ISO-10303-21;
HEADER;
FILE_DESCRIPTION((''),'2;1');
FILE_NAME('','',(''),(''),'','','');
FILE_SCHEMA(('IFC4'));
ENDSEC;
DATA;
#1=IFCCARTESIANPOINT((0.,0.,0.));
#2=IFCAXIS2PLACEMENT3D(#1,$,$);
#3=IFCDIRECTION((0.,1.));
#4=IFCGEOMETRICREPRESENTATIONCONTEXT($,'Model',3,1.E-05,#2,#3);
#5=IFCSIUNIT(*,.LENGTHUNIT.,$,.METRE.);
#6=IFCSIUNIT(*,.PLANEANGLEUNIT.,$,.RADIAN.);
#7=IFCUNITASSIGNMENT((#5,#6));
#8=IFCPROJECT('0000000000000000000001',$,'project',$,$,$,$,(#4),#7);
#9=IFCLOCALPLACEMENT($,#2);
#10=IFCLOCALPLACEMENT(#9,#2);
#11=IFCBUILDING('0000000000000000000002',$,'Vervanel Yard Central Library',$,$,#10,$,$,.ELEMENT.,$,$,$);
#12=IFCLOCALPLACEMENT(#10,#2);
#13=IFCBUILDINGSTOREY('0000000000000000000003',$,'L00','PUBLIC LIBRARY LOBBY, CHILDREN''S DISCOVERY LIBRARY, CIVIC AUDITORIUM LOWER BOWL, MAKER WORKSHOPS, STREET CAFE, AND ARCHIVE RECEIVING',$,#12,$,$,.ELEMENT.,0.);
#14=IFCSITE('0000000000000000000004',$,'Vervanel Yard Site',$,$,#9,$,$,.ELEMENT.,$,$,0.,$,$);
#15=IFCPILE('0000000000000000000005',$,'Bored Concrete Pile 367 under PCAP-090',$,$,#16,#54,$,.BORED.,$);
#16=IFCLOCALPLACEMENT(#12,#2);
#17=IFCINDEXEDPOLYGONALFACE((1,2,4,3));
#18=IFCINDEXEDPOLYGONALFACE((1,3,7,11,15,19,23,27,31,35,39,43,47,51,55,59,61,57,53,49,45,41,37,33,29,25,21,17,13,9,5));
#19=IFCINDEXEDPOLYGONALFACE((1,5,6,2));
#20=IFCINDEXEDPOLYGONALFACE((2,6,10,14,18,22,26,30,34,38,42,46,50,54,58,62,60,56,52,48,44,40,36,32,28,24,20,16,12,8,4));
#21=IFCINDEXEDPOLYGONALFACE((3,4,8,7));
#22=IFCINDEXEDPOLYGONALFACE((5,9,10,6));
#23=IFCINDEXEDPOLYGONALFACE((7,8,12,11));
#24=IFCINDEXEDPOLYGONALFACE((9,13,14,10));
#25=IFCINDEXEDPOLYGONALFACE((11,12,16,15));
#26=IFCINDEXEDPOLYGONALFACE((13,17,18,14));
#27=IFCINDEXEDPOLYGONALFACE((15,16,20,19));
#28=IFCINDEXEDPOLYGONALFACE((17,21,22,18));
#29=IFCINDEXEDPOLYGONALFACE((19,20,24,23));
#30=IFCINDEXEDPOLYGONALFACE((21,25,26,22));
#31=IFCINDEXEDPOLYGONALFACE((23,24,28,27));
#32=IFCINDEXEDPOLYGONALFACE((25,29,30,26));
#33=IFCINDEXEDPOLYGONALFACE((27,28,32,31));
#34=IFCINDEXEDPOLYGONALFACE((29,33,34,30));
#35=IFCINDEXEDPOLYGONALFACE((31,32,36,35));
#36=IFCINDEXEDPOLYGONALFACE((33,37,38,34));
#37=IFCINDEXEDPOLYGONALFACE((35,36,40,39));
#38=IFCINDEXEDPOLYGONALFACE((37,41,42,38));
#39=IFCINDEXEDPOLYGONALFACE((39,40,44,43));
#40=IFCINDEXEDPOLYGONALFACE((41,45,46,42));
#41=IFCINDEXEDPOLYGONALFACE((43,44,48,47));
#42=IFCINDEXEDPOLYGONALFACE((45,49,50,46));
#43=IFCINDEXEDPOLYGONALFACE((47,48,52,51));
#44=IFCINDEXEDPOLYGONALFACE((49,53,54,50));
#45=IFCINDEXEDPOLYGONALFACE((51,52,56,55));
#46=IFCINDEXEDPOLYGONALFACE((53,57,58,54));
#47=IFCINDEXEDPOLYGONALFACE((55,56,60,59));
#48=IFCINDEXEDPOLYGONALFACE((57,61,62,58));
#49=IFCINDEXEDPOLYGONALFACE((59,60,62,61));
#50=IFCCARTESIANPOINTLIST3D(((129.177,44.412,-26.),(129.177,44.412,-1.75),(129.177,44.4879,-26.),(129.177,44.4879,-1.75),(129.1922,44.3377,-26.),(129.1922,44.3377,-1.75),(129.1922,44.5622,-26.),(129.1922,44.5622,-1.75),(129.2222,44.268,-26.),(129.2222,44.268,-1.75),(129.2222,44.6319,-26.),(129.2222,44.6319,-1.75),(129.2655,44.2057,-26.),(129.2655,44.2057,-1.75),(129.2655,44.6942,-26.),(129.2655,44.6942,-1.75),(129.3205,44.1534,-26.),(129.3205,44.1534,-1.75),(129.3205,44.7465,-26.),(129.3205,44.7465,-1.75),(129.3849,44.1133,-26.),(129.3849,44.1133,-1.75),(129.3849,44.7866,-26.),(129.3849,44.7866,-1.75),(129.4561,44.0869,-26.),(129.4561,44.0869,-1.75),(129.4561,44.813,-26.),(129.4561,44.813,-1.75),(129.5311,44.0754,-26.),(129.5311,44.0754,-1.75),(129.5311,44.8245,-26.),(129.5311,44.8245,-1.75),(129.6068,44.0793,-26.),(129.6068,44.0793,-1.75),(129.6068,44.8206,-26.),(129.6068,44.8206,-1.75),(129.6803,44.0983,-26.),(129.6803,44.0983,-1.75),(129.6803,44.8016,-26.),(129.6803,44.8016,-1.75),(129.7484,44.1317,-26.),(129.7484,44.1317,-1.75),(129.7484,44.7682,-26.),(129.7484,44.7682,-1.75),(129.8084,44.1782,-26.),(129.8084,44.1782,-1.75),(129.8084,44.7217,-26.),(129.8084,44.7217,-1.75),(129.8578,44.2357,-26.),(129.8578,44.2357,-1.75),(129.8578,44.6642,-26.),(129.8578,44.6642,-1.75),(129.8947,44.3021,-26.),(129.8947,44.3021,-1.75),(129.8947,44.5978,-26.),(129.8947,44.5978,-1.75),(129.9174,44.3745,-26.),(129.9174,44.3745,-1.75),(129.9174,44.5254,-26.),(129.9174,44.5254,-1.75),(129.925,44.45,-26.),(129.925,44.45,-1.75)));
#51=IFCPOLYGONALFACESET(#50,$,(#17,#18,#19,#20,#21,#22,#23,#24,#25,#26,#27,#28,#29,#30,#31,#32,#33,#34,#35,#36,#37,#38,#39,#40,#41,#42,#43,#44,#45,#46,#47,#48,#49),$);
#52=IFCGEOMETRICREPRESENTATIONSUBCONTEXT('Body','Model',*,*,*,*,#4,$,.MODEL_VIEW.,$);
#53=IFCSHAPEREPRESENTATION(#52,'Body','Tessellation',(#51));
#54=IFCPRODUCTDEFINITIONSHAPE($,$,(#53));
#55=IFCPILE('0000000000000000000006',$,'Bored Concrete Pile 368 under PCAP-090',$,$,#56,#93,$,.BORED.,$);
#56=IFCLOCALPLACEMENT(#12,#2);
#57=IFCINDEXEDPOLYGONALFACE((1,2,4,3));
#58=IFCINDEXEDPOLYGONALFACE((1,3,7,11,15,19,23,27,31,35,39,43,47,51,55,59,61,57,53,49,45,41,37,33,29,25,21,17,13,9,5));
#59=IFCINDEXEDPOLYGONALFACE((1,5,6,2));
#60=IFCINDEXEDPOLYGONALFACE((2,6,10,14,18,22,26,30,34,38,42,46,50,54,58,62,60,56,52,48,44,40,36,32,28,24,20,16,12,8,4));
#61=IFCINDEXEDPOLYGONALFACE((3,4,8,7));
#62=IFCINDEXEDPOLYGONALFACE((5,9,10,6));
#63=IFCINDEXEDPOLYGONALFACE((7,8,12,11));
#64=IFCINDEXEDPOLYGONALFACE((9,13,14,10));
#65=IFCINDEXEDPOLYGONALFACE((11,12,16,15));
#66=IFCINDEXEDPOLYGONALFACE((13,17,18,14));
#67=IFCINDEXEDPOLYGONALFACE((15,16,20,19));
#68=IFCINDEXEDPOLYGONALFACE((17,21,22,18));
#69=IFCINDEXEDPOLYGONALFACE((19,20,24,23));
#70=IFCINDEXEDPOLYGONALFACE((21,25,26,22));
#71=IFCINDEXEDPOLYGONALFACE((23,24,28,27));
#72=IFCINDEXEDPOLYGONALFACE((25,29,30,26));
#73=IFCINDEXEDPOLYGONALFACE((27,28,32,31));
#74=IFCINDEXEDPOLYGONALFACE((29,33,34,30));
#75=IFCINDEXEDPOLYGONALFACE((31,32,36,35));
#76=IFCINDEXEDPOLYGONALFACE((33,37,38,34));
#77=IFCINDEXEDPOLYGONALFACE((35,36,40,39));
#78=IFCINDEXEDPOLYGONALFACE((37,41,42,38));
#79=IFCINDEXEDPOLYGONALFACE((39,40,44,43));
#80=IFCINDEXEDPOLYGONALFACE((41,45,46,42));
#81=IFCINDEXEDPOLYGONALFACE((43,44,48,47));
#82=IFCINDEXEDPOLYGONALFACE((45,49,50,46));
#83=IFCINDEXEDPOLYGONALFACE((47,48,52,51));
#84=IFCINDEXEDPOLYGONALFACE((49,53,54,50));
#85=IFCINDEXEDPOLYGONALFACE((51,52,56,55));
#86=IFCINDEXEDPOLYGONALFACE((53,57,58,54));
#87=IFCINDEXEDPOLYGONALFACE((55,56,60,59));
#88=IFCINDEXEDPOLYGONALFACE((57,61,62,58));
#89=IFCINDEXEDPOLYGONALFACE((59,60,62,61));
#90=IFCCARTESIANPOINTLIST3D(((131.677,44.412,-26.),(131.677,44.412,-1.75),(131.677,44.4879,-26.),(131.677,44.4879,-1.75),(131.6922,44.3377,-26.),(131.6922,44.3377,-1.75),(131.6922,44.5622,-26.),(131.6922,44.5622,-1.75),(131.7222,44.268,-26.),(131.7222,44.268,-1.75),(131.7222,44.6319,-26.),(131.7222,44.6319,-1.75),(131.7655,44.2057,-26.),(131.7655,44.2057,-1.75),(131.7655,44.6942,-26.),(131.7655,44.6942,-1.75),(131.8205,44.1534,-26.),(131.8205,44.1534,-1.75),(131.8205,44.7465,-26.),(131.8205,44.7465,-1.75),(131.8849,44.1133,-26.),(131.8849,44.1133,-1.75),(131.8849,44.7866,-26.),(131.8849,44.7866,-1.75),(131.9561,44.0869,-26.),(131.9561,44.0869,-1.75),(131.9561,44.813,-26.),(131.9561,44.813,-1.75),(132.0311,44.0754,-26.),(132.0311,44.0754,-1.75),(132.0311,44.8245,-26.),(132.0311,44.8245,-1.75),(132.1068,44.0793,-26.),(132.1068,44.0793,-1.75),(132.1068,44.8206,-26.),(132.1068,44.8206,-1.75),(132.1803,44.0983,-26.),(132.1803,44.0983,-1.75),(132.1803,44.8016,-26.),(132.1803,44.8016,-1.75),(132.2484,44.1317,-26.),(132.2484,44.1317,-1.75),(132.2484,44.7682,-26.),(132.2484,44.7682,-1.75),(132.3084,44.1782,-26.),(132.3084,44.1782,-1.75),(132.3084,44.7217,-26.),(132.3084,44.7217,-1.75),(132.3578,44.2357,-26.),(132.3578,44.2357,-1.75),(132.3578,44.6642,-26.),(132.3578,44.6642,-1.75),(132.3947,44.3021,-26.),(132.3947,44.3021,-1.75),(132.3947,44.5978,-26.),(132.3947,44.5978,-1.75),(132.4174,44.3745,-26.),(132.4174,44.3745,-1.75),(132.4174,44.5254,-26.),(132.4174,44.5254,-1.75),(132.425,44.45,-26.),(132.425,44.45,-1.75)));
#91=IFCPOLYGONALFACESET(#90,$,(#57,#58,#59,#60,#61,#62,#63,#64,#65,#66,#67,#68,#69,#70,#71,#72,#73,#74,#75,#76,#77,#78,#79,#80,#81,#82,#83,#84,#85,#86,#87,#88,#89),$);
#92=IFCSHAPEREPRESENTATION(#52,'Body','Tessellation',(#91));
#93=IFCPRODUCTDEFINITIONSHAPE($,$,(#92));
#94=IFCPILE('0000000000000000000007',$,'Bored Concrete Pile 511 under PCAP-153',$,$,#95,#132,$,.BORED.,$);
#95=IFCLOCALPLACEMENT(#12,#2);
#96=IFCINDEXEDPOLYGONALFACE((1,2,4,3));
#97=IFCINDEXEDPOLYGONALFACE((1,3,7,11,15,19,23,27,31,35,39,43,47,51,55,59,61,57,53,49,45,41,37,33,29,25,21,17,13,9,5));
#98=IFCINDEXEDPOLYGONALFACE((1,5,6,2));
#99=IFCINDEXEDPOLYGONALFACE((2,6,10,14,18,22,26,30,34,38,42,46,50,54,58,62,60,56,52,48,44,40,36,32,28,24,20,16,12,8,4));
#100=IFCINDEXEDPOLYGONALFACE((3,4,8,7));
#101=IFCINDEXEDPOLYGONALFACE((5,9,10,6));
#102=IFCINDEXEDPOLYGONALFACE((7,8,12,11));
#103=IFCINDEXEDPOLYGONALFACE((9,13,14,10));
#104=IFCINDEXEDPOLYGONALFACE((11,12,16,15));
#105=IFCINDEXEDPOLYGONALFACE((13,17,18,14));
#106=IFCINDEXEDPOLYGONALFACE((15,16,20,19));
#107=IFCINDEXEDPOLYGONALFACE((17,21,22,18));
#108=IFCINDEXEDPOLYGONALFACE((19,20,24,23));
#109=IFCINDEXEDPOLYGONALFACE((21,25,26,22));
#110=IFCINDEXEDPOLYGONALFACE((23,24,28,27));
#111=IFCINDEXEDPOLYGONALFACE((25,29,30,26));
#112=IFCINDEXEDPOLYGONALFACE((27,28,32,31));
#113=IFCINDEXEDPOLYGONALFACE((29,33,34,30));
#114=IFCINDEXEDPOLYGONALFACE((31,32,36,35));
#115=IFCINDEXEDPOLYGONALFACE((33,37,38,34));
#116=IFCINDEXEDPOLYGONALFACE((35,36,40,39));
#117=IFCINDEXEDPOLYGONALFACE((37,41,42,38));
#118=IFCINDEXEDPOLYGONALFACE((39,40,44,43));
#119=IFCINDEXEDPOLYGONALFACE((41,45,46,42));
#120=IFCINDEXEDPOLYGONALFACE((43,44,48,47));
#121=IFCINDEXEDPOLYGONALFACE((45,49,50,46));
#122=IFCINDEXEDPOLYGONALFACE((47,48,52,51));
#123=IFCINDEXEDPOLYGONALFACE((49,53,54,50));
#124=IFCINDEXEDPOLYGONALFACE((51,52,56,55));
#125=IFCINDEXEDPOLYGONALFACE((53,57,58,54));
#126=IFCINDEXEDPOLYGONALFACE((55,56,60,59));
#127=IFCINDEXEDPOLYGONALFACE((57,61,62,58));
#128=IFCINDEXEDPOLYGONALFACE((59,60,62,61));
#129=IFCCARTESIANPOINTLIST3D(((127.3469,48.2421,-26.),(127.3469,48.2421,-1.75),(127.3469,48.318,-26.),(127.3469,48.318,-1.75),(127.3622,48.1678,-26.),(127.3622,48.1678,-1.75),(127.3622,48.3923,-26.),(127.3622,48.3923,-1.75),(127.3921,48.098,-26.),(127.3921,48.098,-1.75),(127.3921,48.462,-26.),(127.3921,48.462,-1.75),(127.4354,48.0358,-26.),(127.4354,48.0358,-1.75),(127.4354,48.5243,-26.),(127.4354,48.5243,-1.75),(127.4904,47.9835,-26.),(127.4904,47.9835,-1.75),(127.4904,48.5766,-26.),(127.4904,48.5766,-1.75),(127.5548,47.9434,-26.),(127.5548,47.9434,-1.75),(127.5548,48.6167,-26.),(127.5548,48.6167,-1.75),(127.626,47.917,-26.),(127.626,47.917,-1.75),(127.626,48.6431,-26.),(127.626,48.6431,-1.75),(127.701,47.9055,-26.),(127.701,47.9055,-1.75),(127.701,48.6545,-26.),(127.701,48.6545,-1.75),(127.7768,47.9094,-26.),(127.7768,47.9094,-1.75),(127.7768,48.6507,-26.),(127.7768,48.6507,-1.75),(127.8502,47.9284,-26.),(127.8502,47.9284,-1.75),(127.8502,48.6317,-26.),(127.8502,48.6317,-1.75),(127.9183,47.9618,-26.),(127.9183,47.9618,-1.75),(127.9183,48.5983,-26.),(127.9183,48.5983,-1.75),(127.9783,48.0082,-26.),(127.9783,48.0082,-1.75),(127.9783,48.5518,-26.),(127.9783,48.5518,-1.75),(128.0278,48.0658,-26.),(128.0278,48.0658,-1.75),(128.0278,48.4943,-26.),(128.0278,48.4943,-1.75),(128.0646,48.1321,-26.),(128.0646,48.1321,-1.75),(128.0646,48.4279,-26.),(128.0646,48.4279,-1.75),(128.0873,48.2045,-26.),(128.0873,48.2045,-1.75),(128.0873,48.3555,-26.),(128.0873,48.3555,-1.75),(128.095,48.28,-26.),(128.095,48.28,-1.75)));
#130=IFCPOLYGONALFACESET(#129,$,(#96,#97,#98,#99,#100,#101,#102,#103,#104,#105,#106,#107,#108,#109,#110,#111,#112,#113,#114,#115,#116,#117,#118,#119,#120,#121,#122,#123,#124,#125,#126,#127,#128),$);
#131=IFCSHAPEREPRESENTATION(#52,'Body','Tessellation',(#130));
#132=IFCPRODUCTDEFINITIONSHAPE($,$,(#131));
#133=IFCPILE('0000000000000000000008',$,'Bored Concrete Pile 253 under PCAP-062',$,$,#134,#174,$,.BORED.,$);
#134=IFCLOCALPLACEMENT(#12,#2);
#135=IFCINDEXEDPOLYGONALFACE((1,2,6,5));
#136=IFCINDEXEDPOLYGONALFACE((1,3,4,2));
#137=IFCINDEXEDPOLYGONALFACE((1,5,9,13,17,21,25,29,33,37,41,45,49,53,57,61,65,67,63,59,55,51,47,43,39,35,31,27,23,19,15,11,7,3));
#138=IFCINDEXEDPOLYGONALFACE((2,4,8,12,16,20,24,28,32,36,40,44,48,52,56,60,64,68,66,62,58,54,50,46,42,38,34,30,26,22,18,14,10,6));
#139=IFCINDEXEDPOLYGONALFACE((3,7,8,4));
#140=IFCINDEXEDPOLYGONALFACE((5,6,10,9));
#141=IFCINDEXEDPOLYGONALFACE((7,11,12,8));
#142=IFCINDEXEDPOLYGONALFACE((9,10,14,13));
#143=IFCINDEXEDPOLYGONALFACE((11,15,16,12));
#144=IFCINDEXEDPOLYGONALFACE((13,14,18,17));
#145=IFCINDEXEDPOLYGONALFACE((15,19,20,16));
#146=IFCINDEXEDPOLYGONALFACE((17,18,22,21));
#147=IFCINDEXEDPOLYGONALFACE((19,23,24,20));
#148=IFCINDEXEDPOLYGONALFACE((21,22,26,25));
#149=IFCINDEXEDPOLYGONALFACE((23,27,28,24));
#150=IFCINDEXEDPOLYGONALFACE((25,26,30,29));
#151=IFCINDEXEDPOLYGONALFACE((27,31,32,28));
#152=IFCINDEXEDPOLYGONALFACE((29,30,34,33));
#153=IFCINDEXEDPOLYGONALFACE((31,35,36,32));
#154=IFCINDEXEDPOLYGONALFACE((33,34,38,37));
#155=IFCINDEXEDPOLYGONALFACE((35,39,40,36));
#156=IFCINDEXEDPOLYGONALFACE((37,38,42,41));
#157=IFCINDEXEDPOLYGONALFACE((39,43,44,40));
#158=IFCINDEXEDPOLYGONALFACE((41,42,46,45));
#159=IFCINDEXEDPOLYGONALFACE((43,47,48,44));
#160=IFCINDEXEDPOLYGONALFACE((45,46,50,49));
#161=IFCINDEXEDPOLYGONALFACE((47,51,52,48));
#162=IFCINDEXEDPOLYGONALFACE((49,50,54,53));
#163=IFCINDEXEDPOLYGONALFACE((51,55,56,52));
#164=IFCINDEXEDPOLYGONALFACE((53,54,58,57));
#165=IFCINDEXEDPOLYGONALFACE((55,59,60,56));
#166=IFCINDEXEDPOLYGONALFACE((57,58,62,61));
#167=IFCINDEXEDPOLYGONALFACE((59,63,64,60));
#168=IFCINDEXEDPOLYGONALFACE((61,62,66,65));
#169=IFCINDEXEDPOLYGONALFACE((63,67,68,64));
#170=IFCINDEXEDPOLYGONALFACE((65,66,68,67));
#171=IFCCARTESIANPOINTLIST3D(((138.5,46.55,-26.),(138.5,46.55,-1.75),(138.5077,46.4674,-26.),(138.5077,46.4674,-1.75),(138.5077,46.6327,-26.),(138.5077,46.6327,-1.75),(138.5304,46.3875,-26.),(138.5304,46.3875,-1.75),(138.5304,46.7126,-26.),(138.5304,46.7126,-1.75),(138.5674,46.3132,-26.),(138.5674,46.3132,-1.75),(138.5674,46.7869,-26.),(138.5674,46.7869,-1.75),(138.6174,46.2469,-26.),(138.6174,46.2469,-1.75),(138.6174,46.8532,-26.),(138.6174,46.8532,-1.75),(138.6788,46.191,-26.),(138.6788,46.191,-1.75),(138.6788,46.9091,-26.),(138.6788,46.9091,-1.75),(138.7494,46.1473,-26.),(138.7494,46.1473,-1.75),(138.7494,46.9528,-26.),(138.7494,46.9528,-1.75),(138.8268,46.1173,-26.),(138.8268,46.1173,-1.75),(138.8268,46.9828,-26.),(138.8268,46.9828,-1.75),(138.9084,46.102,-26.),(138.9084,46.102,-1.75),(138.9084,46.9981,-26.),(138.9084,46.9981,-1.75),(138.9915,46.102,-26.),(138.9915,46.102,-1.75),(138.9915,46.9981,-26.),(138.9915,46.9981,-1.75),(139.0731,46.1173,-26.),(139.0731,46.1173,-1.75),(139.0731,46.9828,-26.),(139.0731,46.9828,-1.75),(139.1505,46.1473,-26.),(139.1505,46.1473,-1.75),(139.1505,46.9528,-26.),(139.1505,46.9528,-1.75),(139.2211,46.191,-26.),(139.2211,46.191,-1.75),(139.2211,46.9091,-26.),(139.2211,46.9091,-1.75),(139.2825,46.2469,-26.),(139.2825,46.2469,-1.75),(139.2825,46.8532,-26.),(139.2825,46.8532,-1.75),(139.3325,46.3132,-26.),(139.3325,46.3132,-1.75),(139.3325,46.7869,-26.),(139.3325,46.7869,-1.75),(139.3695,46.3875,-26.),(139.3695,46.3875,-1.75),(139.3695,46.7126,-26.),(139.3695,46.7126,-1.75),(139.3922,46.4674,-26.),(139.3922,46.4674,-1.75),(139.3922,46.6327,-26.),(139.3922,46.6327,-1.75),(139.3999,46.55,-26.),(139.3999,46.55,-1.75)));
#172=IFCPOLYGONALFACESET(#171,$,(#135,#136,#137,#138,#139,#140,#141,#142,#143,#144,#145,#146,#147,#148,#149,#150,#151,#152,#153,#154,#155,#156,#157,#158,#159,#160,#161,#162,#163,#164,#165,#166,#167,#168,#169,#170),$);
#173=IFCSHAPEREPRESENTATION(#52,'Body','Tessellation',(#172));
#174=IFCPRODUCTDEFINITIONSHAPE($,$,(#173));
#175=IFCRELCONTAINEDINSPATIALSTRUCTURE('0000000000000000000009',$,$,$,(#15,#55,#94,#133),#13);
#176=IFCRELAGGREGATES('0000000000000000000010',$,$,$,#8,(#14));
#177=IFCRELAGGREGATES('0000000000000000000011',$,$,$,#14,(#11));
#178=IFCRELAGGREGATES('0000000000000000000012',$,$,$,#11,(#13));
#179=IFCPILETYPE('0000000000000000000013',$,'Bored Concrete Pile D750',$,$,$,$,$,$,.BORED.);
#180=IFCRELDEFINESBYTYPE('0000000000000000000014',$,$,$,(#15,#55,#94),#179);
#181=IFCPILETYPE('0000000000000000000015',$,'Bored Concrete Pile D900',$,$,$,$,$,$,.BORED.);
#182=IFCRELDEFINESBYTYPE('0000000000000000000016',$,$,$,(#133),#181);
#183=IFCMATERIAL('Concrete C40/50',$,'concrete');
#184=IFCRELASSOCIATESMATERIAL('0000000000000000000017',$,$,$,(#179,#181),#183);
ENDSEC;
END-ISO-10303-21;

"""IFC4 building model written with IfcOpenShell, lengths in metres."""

from ifc_helpers import new_model, si_unit, direction, frame, origin, origin_2d, place, context, subcontext, project, spatial, circle, extrude, material, material_profile, profile_set, type_object, element, save


model = new_model("IFC4")

# Units and contexts
model_context = context("Model", 3, precision=1e-05, world=origin(), true_north=direction((0.0, 1.0)))
body_context = subcontext(model_context, "Body", "Model", "MODEL_VIEW")
ifc_project = project(units=[si_unit("LENGTHUNIT", "METRE"), si_unit("PLANEANGLEUNIT", "RADIAN")], contexts=[model_context])

# Site, building, storey
site_placement = place(None, origin())
site = spatial("IfcSite", under=ifc_project, at=site_placement, Name="Vervanel Yard Site", CompositionType="ELEMENT", RefElevation=0.0)
building_placement = place(site_placement, origin())
building = spatial("IfcBuilding", under=site, at=building_placement, Name="Vervanel Yard Central Library", CompositionType="ELEMENT")
storey_placement = place(building_placement, origin())
storey = spatial("IfcBuildingStorey", under=building, at=storey_placement, Name="L00", Description="PUBLIC LIBRARY LOBBY, CHILDREN'S DISCOVERY LIBRARY, CIVIC AUDITORIUM LOWER BOWL, MAKER WORKSHOPS, STREET CAFE, AND ARCHIVE RECEIVING", CompositionType="ELEMENT", Elevation=0.0)

# Piles
ifc_material_1 = material(Name="Concrete C40/50", Category="concrete")
ifc_material_profile_1 = material_profile(ifc_material_1, circle(Radius=0.375, at=origin_2d()), Name="BP D750", Category="concrete")
ifc_profile_set_1 = profile_set([ifc_material_profile_1], Name="Concrete C40/50")
pile_type_1 = type_object("IfcPileType", Name="Bored Concrete Pile D750", PredefinedType="BORED", material=ifc_profile_set_1)
for number, where, z_axis, x_axis, name in (
    (1, (129.55, 44.45, -1.75), (0.0, 0.0, -1.0), (1.0, 0.0, 0.0), "Bored Concrete Pile 367 under PCAP-090"),
    (2, (132.05, 44.45, -1.75), (0.0, 0.0, -1.0), (1.0, 0.0, 0.0), "Bored Concrete Pile 368 under PCAP-090"),
    (3, (127.72, 48.28, -1.75), (0.0, 0.0, -1.0), (1.0, 0.0, 0.0), "Bored Concrete Pile 511 under PCAP-153"),
):
    element("IfcPile", number, at=place(storey_placement, frame(where, z_axis=z_axis, x_axis=x_axis)), inside=storey, type_object=pile_type_1, Name=name, PredefinedType="BORED", context=body_context, shape_type="SweptSolid", body=[
        extrude(circle(Radius=0.375, at=origin_2d()), origin(), (0.0, 0.0, 1.0), 24.25),
    ])
ifc_material_profile_2 = material_profile(ifc_material_1, circle(Radius=0.45, at=origin_2d()), Name="BP D900", Category="concrete")
ifc_profile_set_2 = profile_set([ifc_material_profile_2], Name="Concrete C40/50")
pile_type_2 = type_object("IfcPileType", Name="Bored Concrete Pile D900", PredefinedType="BORED", material=ifc_profile_set_2)
for number, where, z_axis, x_axis, name in (
    (4, (138.95, 46.55, -1.75), (0.0, 0.0, -1.0), (1.0, 0.0, 0.0), "Bored Concrete Pile 253 under PCAP-062"),
):
    element("IfcPile", number, at=place(storey_placement, frame(where, z_axis=z_axis, x_axis=x_axis)), inside=storey, type_object=pile_type_2, Name=name, PredefinedType="BORED", context=body_context, shape_type="SweptSolid", body=[
        extrude(circle(Radius=0.45, at=origin_2d()), origin(), (0.0, 0.0, 1.0), 24.25),
    ])

save(model, "model.ifc")
